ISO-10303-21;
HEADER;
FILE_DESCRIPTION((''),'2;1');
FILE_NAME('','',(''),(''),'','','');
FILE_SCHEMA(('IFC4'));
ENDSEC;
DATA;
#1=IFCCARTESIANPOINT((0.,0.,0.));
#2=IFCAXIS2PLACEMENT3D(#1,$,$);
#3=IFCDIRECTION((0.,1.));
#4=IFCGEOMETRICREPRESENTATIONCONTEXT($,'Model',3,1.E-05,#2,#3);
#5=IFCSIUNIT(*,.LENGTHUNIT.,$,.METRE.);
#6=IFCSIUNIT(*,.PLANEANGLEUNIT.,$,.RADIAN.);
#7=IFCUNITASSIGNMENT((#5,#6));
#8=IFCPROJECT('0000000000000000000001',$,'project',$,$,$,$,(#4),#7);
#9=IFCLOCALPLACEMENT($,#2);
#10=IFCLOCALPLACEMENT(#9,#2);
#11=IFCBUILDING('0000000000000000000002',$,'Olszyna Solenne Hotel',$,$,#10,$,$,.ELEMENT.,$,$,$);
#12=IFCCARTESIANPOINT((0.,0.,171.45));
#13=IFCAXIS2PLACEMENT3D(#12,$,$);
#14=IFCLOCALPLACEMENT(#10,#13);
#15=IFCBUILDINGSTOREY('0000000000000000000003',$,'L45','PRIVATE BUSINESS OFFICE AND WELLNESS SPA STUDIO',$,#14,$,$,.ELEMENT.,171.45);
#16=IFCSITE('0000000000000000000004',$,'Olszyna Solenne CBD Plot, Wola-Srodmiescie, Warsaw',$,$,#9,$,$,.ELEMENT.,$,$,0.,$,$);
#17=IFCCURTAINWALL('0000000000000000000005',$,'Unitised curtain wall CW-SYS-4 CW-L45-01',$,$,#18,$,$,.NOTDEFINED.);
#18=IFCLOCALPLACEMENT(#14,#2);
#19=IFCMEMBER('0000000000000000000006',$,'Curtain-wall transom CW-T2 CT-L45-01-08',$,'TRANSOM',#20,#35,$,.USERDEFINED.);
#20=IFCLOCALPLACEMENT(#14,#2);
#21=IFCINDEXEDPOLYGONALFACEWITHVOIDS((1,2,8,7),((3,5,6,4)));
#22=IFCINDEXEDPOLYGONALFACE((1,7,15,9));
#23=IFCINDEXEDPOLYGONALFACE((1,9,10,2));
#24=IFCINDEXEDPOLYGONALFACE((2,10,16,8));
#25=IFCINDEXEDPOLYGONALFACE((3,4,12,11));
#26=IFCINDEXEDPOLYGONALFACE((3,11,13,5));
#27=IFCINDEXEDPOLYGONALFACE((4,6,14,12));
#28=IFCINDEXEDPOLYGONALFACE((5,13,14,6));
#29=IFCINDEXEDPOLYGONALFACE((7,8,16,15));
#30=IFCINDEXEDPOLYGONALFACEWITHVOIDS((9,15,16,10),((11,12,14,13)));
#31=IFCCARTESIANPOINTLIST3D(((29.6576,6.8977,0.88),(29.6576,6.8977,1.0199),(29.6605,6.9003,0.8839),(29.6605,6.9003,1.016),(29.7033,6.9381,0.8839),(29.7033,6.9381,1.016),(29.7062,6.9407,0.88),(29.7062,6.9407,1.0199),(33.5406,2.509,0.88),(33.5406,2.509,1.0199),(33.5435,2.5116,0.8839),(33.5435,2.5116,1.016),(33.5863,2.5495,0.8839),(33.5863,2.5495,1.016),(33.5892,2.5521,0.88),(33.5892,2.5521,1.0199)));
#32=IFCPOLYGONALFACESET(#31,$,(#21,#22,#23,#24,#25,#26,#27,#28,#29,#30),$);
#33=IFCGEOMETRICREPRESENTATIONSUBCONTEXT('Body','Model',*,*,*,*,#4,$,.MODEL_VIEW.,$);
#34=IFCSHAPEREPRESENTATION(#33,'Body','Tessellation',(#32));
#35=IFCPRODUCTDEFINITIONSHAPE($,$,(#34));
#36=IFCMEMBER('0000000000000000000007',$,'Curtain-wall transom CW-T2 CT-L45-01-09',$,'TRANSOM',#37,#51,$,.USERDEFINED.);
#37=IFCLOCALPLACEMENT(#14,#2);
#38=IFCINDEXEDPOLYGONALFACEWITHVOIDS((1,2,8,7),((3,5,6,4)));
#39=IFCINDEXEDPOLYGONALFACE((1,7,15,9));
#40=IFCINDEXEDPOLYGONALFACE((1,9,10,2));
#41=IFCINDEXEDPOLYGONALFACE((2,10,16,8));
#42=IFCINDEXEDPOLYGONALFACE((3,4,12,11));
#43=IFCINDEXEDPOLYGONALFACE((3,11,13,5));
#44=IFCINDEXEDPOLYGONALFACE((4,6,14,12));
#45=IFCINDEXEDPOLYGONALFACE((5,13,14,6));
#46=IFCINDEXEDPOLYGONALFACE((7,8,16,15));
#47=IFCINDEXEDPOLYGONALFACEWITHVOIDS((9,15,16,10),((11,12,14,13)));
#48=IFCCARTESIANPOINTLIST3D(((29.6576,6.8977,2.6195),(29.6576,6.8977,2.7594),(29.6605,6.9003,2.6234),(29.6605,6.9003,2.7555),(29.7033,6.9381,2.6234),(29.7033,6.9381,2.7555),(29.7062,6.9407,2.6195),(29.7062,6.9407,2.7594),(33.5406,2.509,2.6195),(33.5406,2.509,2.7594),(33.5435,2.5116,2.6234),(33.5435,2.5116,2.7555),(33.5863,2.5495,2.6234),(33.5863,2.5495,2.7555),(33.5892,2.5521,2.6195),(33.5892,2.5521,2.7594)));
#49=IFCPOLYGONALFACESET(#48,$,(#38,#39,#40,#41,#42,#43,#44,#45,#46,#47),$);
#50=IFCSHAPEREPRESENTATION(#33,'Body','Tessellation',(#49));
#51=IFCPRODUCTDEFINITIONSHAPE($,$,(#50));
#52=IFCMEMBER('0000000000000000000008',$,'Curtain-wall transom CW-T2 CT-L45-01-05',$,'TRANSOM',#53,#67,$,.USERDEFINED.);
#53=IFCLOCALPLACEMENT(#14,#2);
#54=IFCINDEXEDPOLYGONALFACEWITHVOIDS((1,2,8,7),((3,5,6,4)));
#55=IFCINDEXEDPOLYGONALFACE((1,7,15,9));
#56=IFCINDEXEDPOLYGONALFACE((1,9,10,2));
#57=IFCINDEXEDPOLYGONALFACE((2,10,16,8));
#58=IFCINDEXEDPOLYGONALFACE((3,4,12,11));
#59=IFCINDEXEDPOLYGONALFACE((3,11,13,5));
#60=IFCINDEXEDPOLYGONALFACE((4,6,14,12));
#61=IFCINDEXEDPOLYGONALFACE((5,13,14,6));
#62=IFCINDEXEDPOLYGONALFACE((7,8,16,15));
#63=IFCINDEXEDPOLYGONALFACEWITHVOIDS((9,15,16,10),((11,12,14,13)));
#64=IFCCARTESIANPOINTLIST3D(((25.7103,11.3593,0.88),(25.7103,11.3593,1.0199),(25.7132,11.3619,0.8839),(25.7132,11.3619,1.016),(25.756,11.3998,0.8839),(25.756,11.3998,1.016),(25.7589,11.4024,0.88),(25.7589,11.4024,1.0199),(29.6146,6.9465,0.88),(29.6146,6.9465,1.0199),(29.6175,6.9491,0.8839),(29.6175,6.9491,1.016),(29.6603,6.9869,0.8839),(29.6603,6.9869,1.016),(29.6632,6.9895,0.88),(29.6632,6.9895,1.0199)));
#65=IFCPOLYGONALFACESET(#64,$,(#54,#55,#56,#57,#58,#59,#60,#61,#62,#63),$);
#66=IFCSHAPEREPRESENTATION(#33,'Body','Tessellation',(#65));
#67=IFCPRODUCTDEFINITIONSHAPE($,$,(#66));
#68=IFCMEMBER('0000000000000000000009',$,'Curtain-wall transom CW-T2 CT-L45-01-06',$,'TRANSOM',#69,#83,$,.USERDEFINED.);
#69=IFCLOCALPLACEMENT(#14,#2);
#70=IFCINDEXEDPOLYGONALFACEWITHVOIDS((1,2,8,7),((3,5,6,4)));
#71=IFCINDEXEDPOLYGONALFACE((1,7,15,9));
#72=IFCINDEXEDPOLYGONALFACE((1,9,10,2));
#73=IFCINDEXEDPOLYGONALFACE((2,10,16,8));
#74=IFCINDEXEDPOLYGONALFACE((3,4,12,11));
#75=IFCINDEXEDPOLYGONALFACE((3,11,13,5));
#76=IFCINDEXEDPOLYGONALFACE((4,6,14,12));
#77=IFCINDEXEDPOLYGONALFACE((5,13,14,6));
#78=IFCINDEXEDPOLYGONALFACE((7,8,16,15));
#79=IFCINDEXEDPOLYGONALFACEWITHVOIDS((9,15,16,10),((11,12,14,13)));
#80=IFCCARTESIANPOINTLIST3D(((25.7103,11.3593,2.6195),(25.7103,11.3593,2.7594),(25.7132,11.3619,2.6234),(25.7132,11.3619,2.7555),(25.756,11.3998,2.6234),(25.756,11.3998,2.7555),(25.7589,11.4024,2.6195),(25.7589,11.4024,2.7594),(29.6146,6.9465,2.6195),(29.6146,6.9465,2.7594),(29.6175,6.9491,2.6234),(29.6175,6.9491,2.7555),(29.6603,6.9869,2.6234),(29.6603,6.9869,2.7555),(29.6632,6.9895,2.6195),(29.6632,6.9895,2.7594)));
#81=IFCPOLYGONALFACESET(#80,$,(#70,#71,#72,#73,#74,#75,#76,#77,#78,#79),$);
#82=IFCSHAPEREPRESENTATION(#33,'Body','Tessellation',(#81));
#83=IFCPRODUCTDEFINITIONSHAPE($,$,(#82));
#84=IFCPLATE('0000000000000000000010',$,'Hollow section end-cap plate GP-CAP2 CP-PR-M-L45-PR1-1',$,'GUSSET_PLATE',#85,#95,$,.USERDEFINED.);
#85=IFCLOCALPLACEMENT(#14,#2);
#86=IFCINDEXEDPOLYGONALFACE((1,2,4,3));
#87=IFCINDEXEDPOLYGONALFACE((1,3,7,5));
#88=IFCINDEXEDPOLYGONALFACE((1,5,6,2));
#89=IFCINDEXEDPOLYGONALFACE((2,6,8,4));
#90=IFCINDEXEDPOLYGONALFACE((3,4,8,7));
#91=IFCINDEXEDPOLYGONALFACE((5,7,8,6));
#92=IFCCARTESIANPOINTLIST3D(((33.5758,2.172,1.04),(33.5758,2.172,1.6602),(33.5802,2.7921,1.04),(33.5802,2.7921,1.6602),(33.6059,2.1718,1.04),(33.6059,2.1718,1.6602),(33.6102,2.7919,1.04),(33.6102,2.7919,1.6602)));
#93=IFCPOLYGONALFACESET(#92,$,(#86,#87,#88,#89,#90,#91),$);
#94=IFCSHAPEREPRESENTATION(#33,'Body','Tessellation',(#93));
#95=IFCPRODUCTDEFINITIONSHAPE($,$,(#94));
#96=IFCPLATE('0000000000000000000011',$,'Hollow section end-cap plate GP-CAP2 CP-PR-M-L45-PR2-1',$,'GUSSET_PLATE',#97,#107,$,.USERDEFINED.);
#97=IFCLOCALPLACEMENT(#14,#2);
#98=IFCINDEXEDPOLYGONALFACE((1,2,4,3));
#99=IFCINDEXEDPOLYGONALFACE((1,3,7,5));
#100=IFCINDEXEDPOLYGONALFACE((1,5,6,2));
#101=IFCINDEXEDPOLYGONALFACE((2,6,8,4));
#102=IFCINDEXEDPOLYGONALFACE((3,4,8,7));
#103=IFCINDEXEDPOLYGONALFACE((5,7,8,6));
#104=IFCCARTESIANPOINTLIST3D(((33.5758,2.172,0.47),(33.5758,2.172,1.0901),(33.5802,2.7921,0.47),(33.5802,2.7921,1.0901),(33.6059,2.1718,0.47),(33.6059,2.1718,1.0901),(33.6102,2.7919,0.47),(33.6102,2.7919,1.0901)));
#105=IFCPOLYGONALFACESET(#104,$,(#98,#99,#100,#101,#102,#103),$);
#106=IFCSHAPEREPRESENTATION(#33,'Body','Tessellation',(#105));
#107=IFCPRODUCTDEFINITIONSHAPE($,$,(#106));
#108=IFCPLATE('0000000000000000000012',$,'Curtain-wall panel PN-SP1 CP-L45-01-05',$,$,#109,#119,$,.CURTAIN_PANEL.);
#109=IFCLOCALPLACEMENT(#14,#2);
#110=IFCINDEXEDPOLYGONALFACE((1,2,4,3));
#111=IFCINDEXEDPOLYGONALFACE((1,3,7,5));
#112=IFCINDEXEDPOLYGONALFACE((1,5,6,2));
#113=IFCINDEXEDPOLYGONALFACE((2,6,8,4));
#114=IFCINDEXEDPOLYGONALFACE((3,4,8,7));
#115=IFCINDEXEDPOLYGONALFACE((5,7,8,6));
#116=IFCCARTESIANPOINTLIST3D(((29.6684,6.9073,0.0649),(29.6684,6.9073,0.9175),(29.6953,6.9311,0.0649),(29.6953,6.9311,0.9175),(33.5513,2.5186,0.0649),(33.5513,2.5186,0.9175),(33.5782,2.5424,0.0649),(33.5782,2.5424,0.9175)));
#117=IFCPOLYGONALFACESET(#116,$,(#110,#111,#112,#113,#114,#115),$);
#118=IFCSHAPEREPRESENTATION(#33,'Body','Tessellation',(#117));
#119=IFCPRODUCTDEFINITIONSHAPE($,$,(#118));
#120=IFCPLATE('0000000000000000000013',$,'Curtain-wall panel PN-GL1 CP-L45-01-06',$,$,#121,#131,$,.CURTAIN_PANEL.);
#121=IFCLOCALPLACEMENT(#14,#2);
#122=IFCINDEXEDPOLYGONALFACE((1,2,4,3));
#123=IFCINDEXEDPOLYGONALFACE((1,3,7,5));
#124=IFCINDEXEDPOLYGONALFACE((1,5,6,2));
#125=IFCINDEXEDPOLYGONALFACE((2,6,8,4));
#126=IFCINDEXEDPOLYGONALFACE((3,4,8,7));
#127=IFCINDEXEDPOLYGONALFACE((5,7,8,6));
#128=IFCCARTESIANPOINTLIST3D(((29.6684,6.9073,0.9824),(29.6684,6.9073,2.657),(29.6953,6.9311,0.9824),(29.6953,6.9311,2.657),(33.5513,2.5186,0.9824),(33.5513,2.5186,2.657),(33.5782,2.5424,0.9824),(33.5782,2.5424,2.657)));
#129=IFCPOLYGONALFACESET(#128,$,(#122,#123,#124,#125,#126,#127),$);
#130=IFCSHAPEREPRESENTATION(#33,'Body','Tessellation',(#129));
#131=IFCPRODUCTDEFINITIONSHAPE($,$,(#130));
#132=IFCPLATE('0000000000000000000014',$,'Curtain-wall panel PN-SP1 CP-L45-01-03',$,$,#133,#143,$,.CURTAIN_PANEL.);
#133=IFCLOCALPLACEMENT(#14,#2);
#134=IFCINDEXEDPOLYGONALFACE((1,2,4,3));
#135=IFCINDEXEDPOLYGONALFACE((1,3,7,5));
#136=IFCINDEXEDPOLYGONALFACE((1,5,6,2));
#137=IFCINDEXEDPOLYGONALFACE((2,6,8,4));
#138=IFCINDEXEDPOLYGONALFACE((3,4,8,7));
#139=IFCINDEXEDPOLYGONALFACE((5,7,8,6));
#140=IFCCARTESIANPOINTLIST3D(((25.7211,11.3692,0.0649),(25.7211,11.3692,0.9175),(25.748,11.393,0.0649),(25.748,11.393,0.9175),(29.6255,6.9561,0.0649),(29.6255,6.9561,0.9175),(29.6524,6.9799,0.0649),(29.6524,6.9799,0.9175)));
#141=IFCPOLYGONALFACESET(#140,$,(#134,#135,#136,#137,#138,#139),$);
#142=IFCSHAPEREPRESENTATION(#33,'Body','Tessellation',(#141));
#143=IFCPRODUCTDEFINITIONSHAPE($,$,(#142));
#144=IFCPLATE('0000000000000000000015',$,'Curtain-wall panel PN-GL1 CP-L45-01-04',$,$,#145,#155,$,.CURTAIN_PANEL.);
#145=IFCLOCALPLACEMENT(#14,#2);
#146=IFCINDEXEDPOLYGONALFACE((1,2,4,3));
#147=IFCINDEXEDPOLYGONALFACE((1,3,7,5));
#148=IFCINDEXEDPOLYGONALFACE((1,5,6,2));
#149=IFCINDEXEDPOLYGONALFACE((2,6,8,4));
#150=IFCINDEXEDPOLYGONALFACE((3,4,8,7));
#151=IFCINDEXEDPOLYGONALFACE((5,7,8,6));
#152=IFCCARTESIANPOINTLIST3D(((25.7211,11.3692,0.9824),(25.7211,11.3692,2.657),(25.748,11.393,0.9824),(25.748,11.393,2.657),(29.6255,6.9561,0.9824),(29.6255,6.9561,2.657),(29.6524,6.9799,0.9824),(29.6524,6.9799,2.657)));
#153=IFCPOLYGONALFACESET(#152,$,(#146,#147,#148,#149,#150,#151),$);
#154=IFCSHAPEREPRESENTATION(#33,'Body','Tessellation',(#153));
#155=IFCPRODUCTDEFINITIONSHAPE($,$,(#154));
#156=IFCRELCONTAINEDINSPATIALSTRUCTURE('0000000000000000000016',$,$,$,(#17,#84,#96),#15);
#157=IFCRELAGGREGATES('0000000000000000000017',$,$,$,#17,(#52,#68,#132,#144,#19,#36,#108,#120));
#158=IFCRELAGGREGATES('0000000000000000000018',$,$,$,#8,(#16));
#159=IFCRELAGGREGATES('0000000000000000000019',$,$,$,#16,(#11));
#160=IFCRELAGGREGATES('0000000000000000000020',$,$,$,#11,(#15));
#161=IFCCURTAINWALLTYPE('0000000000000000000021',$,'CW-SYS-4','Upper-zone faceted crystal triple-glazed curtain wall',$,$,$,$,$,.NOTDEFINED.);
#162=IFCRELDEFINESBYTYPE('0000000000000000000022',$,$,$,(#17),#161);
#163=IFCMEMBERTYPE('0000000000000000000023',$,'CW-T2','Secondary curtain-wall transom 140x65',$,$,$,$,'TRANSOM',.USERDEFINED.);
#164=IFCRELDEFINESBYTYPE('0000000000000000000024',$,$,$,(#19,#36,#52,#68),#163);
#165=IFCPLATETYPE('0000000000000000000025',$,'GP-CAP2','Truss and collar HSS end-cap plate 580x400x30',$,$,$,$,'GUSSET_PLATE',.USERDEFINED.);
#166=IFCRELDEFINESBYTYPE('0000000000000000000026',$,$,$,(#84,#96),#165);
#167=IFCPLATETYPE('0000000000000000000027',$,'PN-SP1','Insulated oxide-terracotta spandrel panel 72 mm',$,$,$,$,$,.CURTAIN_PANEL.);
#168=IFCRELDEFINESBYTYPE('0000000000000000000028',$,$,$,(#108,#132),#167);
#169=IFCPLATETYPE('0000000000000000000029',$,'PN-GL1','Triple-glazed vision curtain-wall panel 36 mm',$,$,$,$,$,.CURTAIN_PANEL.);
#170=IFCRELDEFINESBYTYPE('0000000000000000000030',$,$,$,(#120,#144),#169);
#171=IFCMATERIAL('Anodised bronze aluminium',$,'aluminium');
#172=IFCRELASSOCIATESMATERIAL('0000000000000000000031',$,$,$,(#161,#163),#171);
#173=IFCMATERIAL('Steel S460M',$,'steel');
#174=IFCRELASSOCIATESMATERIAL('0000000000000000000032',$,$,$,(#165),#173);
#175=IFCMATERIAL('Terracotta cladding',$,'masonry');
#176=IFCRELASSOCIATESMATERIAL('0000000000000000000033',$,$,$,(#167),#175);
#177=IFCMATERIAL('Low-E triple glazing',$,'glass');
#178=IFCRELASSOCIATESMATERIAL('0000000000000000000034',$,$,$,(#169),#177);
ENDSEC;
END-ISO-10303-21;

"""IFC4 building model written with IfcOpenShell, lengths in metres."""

from ifc_helpers import new_model, si_unit, direction, frame, origin, origin_2d, place, context, subcontext, project, spatial, rectangle, hollow_rectangle, extrude, source, transform, mapped, material, material_profile, profile_set, type_object, element, aggregate, save


model = new_model("IFC4")

# Units and contexts
model_context = context("Model", 3, precision=1e-05, world=origin(), true_north=direction((0.0, 1.0)))
body_context = subcontext(model_context, "Body", "Model", "MODEL_VIEW")
ifc_project = project(units=[si_unit("LENGTHUNIT", "METRE"), si_unit("PLANEANGLEUNIT", "RADIAN")], contexts=[model_context])

# Site, building, storey
site_placement = place(None, origin())
site = spatial("IfcSite", under=ifc_project, at=site_placement, Name="Olszyna Solenne CBD Plot, Wola-Srodmiescie, Warsaw", CompositionType="ELEMENT", RefElevation=0.0)
building_placement = place(site_placement, origin())
building = spatial("IfcBuilding", under=site, at=building_placement, Name="Olszyna Solenne Hotel", CompositionType="ELEMENT")
storey_placement = place(building_placement, frame((0.0, 0.0, 171.45)))
storey = spatial("IfcBuildingStorey", under=building, at=storey_placement, Name="L45", Description="PRIVATE BUSINESS OFFICE AND WELLNESS SPA STUDIO", CompositionType="ELEMENT", Elevation=171.45)

# Shared definitions
ifc_material_1 = material(Name="Steel S460M", Category="steel")

# Curtain wall, members
ifc_material_2 = material(Name="Anodised bronze aluminium", Category="aluminium")
curtain_wall_type = type_object("IfcCurtainWallType", Name="CW-SYS-4", Description="Upper-zone faceted crystal triple-glazed curtain wall", PredefinedType="NOTDEFINED", material=ifc_material_2)
curtain_wall_placement = place(storey_placement, origin())
curtain_wall = element("IfcCurtainWall", 1, at=curtain_wall_placement, inside=storey, type_object=curtain_wall_type, Name="Unitised curtain wall CW-SYS-4 CW-L45-01", PredefinedType="NOTDEFINED")
ifc_material_profile_1 = material_profile(ifc_material_2, hollow_rectangle(XDim=0.0649, YDim=0.1399, WallThickness=0.0039, at=origin_2d()), Name="TRAN 140x65x4", Category="load-bearing")
ifc_profile_set_1 = profile_set([ifc_material_profile_1], Name="Anodised bronze aluminium")
member_type_1 = type_object("IfcMemberType", Name="CW-T2", Description="Secondary curtain-wall transom 140x65", ElementType="TRANSOM", PredefinedType="USERDEFINED", material=ifc_profile_set_1)
shared_shape_1 = source(origin(), body_context, "Body", "SweptSolid", [
    extrude(hollow_rectangle(XDim=0.0649, YDim=0.1399, WallThickness=0.0039, at=origin_2d()), origin(), (0.0, 0.0, 1.0), 5.8599),
])
member_1_placement = place(storey_placement, frame((29.6819, 6.9192, 0.95), z_axis=(0.662648, -0.748931, 0.0), x_axis=(0.748931, 0.662648, 0.0)))
member_1 = element("IfcMember", 2, at=member_1_placement, type_object=member_type_1, Name="Curtain-wall transom CW-T2 CT-L45-01-08", ObjectType="TRANSOM", PredefinedType="USERDEFINED", context=body_context, shape_type="MappedRepresentation", body=[
    mapped(shared_shape_1, transform((0.0, 0.0, 0.0), x_axis=(1.0, 0.0, 0.0), y_axis=(0.0, 1.0, 0.0), z_axis=(0.0, 0.0, 1.0), scale=1.0)),
])
member_2_placement = place(storey_placement, frame((29.6819, 6.9192, 2.6895), z_axis=(0.662648, -0.748931, 0.0), x_axis=(0.748931, 0.662648, 0.0)))
member_2 = element("IfcMember", 3, at=member_2_placement, type_object=member_type_1, Name="Curtain-wall transom CW-T2 CT-L45-01-09", ObjectType="TRANSOM", PredefinedType="USERDEFINED", context=body_context, shape_type="MappedRepresentation", body=[
    mapped(shared_shape_1, transform((0.0, 0.0, 0.0), x_axis=(1.0, 0.0, 0.0), y_axis=(0.0, 1.0, 0.0), z_axis=(0.0, 0.0, 1.0), scale=1.0)),
])
shared_shape_2 = source(origin(), body_context, "Body", "SweptSolid", [
    extrude(hollow_rectangle(XDim=0.0649, YDim=0.1399, WallThickness=0.0039, at=origin_2d()), origin(), (0.0, 0.0, 1.0), 5.8921),
])
member_3_placement = place(storey_placement, frame((25.7346, 11.3809, 0.95), z_axis=(0.662634, -0.748944, 0.0), x_axis=(0.748944, 0.662634, 0.0)))
member_3 = element("IfcMember", 4, at=member_3_placement, type_object=member_type_1, Name="Curtain-wall transom CW-T2 CT-L45-01-05", ObjectType="TRANSOM", PredefinedType="USERDEFINED", context=body_context, shape_type="MappedRepresentation", body=[
    mapped(shared_shape_2, transform((0.0, 0.0, 0.0), x_axis=(1.0, 0.0, 0.0), y_axis=(0.0, 1.0, 0.0), z_axis=(0.0, 0.0, 1.0), scale=1.0)),
])
member_4_placement = place(storey_placement, frame((25.7346, 11.3809, 2.6895), z_axis=(0.662634, -0.748944, 0.0), x_axis=(0.748944, 0.662634, 0.0)))
member_4 = element("IfcMember", 5, at=member_4_placement, type_object=member_type_1, Name="Curtain-wall transom CW-T2 CT-L45-01-06", ObjectType="TRANSOM", PredefinedType="USERDEFINED", context=body_context, shape_type="MappedRepresentation", body=[
    mapped(shared_shape_2, transform((0.0, 0.0, 0.0), x_axis=(1.0, 0.0, 0.0), y_axis=(0.0, 1.0, 0.0), z_axis=(0.0, 0.0, 1.0), scale=1.0)),
])

# Plates
plate_type_1 = type_object("IfcPlateType", Name="GP-CAP2", Description="Truss and collar HSS end-cap plate 580x400x30", ElementType="GUSSET_PLATE", PredefinedType="USERDEFINED", material=ifc_material_1)
shared_shape_3 = source(origin(), body_context, "Body", "SweptSolid", [
    extrude(rectangle(XDim=0.03, YDim=0.6201, at=origin_2d()), origin(), (0.0, 0.0, 1.0), 0.6201),
])
for number, where, z_axis, x_axis, name in (
    (6, (33.593, 2.4819, 1.04), (0.0, 0.0, 1.0), (0.999976, -0.006981, 0.0), "Hollow section end-cap plate GP-CAP2 CP-PR-M-L45-PR1-1"),
    (7, (33.593, 2.4819, 0.47), (0.0, 0.0, 1.0), (0.999976, -0.006981, 0.0), "Hollow section end-cap plate GP-CAP2 CP-PR-M-L45-PR2-1"),
):
    element("IfcPlate", number, at=place(storey_placement, frame(where, z_axis=z_axis, x_axis=x_axis)), inside=storey, type_object=plate_type_1, Name=name, ObjectType="GUSSET_PLATE", PredefinedType="USERDEFINED", context=body_context, shape_type="MappedRepresentation", body=[
        mapped(shared_shape_3, transform((0.0, 0.0, 0.0), x_axis=(1.0, 0.0, 0.0), y_axis=(0.0, 1.0, 0.0), z_axis=(0.0, 0.0, 1.0), scale=1.0)),
    ])

# Plates
ifc_material_3 = material(Name="Terracotta cladding", Category="masonry")
plate_type_2 = type_object("IfcPlateType", Name="PN-SP1", Description="Insulated oxide-terracotta spandrel panel 72 mm", PredefinedType="CURTAIN_PANEL", material=ifc_material_3)
shared_shape_4 = source(origin(), body_context, "Body", "SweptSolid", [
    extrude(rectangle(XDim=5.8599, YDim=0.0359, at=origin_2d()), origin(), (0.0, 0.0, 1.0), 0.8525),
])
plate_1_placement = place(storey_placement, frame((31.6233, 4.7249, 0.0649), z_axis=(0.0, 0.0, 1.0), x_axis=(0.662628, -0.748948, 0.0)))
plate_1 = element("IfcPlate", 8, at=plate_1_placement, type_object=plate_type_2, Name="Curtain-wall panel PN-SP1 CP-L45-01-05", PredefinedType="CURTAIN_PANEL", context=body_context, shape_type="MappedRepresentation", body=[
    mapped(shared_shape_4, transform((0.0, 0.0, 0.0), x_axis=(1.0, 0.0, 0.0), y_axis=(0.0, 1.0, 0.0), z_axis=(0.0, 0.0, 1.0), scale=1.0)),
])
ifc_material_4 = material(Name="Low-E triple glazing", Category="glass")
plate_type_3 = type_object("IfcPlateType", Name="PN-GL1", Description="Triple-glazed vision curtain-wall panel 36 mm", PredefinedType="CURTAIN_PANEL", material=ifc_material_4)
shared_shape_5 = source(origin(), body_context, "Body", "SweptSolid", [
    extrude(rectangle(XDim=5.8599, YDim=0.0359, at=origin_2d()), origin(), (0.0, 0.0, 1.0), 1.6746),
])
plate_2_placement = place(storey_placement, frame((31.6233, 4.7249, 0.9824), z_axis=(0.0, 0.0, 1.0), x_axis=(0.662628, -0.748948, 0.0)))
plate_2 = element("IfcPlate", 9, at=plate_2_placement, type_object=plate_type_3, Name="Curtain-wall panel PN-GL1 CP-L45-01-06", PredefinedType="CURTAIN_PANEL", context=body_context, shape_type="MappedRepresentation", body=[
    mapped(shared_shape_5, transform((0.0, 0.0, 0.0), x_axis=(1.0, 0.0, 0.0), y_axis=(0.0, 1.0, 0.0), z_axis=(0.0, 0.0, 1.0), scale=1.0)),
])
shared_shape_6 = source(origin(), body_context, "Body", "SweptSolid", [
    extrude(rectangle(XDim=5.8923, YDim=0.0359, at=origin_2d()), origin(), (0.0, 0.0, 1.0), 0.8525),
])
plate_3_placement = place(storey_placement, frame((27.6868, 9.1746, 0.0649), z_axis=(0.0, 0.0, 1.0), x_axis=(0.662628, -0.748948, 0.0)))
plate_3 = element("IfcPlate", 10, at=plate_3_placement, type_object=plate_type_2, Name="Curtain-wall panel PN-SP1 CP-L45-01-03", PredefinedType="CURTAIN_PANEL", context=body_context, shape_type="MappedRepresentation", body=[
    mapped(shared_shape_6, transform((0.0, 0.0, 0.0), x_axis=(1.0, 0.0, 0.0), y_axis=(0.0, 1.0, 0.0), z_axis=(0.0, 0.0, 1.0), scale=1.0)),
])
shared_shape_7 = source(origin(), body_context, "Body", "SweptSolid", [
    extrude(rectangle(XDim=5.8923, YDim=0.0359, at=origin_2d()), origin(), (0.0, 0.0, 1.0), 1.6746),
])
plate_4_placement = place(storey_placement, frame((27.6868, 9.1746, 0.9824), z_axis=(0.0, 0.0, 1.0), x_axis=(0.662628, -0.748948, 0.0)))
plate_4 = element("IfcPlate", 11, at=plate_4_placement, type_object=plate_type_3, Name="Curtain-wall panel PN-GL1 CP-L45-01-04", PredefinedType="CURTAIN_PANEL", context=body_context, shape_type="MappedRepresentation", body=[
    mapped(shared_shape_7, transform((0.0, 0.0, 0.0), x_axis=(1.0, 0.0, 0.0), y_axis=(0.0, 1.0, 0.0), z_axis=(0.0, 0.0, 1.0), scale=1.0)),
])
aggregate(curtain_wall, [member_3, member_4, plate_3, plate_4, member_1, member_2, plate_1, plate_2])

save(model, "model.ifc")
